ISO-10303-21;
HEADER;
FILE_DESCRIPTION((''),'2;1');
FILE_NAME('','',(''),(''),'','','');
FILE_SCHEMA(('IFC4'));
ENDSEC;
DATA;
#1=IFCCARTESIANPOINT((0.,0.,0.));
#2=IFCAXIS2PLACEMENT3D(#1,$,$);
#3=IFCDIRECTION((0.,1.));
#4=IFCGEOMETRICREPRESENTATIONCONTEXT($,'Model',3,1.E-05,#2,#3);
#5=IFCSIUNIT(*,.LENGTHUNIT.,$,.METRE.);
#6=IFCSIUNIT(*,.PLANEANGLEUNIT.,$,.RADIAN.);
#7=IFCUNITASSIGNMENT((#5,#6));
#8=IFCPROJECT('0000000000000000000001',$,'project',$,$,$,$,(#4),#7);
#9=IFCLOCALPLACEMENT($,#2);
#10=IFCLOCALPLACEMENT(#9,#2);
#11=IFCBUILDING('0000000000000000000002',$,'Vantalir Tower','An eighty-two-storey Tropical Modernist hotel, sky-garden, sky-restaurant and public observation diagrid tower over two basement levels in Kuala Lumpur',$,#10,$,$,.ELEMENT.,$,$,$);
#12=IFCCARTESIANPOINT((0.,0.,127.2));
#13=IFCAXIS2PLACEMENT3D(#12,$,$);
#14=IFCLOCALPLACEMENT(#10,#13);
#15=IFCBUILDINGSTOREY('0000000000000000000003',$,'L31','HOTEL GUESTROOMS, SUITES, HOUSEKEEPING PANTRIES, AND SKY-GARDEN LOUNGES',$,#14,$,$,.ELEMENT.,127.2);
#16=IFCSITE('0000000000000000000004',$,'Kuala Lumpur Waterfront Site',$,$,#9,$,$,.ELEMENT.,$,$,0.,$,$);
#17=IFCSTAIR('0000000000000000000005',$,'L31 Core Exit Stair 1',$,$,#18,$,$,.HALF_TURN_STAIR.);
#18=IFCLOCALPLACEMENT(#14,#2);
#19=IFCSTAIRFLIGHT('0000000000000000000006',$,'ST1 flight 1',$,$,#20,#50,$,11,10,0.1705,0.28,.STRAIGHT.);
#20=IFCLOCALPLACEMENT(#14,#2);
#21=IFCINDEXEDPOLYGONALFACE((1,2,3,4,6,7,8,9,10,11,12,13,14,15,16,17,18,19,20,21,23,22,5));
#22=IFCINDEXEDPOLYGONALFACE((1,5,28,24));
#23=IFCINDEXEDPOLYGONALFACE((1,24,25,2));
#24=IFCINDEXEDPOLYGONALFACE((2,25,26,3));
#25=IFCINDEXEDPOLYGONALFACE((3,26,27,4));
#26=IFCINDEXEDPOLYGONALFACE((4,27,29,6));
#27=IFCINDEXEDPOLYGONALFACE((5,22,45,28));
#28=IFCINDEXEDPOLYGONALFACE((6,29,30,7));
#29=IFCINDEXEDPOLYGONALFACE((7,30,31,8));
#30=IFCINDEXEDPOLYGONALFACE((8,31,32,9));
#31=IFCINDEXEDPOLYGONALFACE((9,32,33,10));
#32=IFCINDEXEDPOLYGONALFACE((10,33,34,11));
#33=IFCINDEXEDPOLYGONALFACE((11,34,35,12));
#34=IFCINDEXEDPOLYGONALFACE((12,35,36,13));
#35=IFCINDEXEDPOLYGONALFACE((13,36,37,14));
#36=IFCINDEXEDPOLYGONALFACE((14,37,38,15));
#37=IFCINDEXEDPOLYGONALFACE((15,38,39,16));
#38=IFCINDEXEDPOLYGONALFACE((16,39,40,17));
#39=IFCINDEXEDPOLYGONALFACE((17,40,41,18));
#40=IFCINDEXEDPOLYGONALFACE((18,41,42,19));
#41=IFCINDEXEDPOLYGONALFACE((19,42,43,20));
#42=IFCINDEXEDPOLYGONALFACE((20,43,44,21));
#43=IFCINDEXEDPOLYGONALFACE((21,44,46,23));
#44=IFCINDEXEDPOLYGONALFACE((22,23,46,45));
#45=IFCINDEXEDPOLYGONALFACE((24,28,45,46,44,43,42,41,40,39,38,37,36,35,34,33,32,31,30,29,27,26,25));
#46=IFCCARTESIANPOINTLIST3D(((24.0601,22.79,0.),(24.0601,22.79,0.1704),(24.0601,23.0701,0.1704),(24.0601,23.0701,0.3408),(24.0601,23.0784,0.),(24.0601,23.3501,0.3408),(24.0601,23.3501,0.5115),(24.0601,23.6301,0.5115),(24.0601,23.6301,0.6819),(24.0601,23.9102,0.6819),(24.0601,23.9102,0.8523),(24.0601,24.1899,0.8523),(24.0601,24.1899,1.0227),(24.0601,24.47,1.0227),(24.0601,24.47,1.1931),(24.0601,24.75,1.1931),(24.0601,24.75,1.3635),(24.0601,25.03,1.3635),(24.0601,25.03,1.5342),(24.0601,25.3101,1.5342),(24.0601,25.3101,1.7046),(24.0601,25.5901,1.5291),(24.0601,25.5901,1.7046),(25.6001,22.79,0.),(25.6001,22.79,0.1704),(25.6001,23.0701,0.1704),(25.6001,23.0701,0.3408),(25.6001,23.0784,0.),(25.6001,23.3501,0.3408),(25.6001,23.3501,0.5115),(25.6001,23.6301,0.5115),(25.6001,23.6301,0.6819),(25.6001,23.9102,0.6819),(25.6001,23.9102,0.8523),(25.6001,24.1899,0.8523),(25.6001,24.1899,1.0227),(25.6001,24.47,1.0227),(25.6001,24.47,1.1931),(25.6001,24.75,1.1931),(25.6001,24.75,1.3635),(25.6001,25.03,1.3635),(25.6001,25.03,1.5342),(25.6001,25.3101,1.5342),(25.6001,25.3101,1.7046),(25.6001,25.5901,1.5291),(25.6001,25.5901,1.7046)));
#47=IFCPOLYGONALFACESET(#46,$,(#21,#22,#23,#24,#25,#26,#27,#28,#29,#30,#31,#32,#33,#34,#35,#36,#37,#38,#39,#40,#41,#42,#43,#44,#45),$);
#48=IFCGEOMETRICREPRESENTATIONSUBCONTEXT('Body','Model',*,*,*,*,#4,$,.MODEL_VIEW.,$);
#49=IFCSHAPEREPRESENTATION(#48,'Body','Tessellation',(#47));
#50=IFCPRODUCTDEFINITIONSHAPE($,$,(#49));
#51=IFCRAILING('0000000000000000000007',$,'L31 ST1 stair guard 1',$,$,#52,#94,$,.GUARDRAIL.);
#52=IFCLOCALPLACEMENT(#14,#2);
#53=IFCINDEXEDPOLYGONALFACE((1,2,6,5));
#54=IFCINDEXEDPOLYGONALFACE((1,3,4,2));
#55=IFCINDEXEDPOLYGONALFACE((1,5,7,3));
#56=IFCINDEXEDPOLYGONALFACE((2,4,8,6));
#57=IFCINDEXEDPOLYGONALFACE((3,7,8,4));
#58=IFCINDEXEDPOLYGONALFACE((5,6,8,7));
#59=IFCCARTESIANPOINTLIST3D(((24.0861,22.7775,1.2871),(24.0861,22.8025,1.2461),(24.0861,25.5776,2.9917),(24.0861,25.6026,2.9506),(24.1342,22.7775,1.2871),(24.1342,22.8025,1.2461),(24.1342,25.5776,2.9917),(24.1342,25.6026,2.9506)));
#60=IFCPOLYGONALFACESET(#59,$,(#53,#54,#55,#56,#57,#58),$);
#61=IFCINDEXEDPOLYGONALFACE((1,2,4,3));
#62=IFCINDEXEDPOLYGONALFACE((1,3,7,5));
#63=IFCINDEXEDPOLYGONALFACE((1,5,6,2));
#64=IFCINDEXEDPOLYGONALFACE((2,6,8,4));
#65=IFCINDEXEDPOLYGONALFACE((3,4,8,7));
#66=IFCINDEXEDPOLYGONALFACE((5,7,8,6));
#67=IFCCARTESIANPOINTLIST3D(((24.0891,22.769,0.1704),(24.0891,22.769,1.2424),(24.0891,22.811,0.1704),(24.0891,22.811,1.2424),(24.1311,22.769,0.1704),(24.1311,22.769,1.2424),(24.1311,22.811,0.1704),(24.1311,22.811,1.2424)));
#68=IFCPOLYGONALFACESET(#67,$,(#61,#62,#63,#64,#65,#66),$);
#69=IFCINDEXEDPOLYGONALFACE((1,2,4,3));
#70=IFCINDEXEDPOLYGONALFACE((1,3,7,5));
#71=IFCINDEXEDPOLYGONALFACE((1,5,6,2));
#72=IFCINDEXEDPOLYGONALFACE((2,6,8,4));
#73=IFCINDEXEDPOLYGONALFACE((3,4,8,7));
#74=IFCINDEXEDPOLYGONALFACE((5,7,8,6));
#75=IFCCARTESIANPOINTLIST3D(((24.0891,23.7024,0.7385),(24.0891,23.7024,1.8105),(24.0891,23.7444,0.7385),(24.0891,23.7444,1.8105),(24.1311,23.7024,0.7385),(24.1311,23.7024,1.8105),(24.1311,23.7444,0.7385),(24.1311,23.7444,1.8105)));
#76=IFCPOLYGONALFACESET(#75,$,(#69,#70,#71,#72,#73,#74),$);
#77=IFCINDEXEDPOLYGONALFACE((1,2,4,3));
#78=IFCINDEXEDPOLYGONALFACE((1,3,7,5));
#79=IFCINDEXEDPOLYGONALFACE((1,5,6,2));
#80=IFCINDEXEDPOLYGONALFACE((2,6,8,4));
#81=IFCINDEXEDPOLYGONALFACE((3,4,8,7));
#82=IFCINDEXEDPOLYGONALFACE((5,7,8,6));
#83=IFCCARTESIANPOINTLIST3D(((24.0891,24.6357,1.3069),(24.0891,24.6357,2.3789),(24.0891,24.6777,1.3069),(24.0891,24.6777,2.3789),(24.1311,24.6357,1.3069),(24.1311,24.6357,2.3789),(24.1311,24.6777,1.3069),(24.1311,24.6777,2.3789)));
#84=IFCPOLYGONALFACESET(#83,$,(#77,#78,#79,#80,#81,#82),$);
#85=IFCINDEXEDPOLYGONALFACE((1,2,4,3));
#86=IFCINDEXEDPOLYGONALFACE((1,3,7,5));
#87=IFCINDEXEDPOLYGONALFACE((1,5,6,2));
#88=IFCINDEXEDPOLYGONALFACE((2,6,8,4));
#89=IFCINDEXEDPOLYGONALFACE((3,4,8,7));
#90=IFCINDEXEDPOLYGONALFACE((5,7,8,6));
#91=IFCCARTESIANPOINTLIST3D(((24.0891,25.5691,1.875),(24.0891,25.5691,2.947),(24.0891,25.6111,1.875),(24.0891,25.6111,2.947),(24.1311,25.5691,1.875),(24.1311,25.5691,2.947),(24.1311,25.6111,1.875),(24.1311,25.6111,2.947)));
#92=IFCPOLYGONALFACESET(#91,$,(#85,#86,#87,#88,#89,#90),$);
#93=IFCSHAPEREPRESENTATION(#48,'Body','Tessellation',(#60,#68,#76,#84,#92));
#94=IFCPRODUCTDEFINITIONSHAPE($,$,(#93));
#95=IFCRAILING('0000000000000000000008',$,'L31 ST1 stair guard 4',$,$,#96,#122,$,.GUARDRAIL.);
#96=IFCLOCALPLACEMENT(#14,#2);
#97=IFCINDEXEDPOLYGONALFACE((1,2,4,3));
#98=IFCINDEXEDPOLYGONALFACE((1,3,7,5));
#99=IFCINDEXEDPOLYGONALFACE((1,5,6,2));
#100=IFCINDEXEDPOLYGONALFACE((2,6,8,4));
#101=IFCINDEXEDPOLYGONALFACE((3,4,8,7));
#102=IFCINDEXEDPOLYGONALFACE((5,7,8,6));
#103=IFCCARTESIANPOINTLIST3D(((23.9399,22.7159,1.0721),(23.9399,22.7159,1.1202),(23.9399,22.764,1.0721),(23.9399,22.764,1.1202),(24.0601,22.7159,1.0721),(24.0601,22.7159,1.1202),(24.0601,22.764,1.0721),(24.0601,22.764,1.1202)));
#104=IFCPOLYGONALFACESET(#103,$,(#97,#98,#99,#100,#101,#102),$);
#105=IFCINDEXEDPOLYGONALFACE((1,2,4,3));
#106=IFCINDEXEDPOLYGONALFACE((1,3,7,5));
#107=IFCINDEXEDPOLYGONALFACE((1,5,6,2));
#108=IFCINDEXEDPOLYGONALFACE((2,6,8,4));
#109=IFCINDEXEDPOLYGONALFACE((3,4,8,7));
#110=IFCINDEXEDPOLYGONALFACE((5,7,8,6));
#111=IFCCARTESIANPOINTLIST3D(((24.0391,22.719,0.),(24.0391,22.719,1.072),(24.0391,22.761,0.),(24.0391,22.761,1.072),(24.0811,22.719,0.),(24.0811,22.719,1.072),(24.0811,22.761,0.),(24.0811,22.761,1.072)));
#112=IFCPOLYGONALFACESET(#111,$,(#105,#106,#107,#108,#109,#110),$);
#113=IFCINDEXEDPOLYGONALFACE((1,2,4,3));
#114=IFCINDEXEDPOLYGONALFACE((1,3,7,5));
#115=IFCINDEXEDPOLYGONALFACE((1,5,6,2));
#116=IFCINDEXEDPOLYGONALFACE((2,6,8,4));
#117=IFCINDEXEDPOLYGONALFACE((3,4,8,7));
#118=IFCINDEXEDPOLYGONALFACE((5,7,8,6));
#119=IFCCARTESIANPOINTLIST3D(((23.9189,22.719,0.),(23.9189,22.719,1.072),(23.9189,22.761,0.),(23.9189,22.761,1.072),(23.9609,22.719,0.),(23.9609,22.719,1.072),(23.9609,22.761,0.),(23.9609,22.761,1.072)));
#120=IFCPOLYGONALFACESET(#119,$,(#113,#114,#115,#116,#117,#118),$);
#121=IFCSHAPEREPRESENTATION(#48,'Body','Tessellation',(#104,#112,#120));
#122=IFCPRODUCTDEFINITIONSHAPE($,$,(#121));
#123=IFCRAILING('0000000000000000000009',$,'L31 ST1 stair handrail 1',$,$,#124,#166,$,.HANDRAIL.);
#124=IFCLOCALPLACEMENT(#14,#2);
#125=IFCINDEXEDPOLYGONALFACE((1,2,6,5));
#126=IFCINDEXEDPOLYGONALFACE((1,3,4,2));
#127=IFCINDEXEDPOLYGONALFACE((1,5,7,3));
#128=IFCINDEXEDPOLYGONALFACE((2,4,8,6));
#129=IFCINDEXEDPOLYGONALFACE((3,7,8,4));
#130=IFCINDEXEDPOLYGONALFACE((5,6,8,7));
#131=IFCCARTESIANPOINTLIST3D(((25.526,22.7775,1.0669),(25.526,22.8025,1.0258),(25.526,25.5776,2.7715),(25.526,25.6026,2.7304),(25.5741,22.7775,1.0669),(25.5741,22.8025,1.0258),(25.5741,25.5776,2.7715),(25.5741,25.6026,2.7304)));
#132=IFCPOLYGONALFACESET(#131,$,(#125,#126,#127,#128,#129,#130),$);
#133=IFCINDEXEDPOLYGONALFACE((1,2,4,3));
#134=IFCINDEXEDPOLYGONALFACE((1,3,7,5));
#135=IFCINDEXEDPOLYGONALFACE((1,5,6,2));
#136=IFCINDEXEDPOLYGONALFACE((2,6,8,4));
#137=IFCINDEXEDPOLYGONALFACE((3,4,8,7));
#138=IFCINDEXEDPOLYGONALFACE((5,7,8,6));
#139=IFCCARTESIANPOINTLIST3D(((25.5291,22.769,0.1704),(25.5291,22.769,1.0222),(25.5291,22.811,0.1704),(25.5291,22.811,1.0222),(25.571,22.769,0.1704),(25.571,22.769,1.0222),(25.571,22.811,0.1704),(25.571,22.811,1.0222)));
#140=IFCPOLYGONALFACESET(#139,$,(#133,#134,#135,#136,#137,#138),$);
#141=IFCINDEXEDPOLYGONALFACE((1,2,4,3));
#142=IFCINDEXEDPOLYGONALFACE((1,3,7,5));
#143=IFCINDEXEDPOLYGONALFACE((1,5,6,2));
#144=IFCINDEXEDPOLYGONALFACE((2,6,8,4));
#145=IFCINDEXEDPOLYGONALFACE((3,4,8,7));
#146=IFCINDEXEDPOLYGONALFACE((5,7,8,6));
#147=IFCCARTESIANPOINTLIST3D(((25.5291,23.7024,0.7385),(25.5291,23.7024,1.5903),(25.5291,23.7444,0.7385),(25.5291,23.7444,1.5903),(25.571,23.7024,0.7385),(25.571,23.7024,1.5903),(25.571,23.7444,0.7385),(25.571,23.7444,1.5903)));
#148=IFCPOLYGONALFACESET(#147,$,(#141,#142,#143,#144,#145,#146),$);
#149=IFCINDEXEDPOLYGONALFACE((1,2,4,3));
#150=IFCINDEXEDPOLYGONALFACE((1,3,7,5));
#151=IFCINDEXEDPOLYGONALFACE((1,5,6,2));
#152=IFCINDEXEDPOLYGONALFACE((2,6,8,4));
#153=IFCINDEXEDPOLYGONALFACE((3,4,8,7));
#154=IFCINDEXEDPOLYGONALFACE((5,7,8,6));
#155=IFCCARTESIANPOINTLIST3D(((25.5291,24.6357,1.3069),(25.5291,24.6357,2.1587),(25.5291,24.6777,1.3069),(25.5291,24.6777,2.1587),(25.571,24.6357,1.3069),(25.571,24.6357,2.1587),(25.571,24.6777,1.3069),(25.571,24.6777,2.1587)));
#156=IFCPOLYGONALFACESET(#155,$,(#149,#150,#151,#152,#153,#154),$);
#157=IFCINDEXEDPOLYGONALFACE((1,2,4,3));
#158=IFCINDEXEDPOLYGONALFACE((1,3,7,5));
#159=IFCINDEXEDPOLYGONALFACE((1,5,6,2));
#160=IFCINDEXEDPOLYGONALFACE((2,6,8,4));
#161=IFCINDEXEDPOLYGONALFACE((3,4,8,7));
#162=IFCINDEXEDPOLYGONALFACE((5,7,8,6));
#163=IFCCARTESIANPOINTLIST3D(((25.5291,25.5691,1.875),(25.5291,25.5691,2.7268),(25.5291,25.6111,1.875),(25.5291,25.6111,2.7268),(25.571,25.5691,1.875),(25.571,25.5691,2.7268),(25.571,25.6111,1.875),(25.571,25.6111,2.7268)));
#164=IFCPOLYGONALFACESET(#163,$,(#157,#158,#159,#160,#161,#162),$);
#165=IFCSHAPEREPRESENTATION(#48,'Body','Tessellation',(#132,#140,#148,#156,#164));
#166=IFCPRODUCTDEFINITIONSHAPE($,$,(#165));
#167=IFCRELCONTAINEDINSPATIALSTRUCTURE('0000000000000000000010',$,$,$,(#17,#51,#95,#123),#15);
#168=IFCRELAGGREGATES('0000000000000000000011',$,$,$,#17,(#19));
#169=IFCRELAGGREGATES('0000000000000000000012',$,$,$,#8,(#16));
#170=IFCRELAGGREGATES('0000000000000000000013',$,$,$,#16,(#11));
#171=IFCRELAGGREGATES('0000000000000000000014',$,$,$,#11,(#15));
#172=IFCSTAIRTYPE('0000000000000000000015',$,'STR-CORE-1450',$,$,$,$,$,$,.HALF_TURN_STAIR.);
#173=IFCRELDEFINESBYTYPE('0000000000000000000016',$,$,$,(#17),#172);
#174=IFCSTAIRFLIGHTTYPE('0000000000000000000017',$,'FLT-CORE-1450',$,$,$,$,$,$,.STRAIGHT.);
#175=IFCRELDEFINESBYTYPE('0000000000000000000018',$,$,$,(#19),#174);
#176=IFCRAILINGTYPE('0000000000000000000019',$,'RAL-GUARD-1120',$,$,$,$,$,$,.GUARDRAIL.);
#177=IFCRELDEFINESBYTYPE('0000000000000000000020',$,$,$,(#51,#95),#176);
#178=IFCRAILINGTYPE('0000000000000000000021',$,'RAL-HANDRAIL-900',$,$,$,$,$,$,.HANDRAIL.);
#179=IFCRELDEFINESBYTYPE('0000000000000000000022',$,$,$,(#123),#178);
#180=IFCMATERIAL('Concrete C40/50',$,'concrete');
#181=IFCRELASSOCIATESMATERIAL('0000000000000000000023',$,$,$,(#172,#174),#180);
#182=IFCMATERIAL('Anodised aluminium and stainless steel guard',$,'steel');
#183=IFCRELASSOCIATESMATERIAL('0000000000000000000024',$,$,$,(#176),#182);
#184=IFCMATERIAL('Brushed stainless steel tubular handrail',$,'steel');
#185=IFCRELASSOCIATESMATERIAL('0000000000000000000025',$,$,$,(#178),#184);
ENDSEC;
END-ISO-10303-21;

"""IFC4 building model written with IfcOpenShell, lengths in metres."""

from ifc_helpers import new_model, si_unit, direction, frame, origin, origin_2d, place, context, subcontext, project, spatial, polyline, rectangle, outline, extrude, material, type_object, element, aggregate, save


model = new_model("IFC4")

# Units and contexts
model_context = context("Model", 3, precision=1e-05, world=origin(), true_north=direction((0.0, 1.0)))
body_context = subcontext(model_context, "Body", "Model", "MODEL_VIEW")
ifc_project = project(units=[si_unit("LENGTHUNIT", "METRE"), si_unit("PLANEANGLEUNIT", "RADIAN")], contexts=[model_context])

# Site, building, storey
site_placement = place(None, origin())
site = spatial("IfcSite", under=ifc_project, at=site_placement, Name="Kuala Lumpur Waterfront Site", CompositionType="ELEMENT", RefElevation=0.0)
building_placement = place(site_placement, origin())
building = spatial("IfcBuilding", under=site, at=building_placement, Name="Vantalir Tower", Description="An eighty-two-storey Tropical Modernist hotel, sky-garden, sky-restaurant and public observation diagrid tower over two basement levels in Kuala Lumpur", CompositionType="ELEMENT")
storey_placement = place(building_placement, frame((0.0, 0.0, 127.2)))
storey = spatial("IfcBuildingStorey", under=building, at=storey_placement, Name="L31", Description="HOTEL GUESTROOMS, SUITES, HOUSEKEEPING PANTRIES, AND SKY-GARDEN LOUNGES", CompositionType="ELEMENT", Elevation=127.2)

# Stair, stair flight
ifc_material_1 = material(Name="Concrete C40/50", Category="concrete")
stair_type = type_object("IfcStairType", Name="STR-CORE-1450", PredefinedType="HALF_TURN_STAIR", material=ifc_material_1)
stair_placement = place(storey_placement, origin())
stair = element("IfcStair", 1, at=stair_placement, inside=storey, type_object=stair_type, Name="L31 Core Exit Stair 1", PredefinedType="HALF_TURN_STAIR")
stair_flight_type = type_object("IfcStairFlightType", Name="FLT-CORE-1450", PredefinedType="STRAIGHT", material=ifc_material_1)
stair_flight_placement = place(storey_placement, frame((24.8301, 22.79, 0.0), z_axis=(0.0, 0.0, 1.0), x_axis=(0.0, 1.0, 0.0)))
stair_flight = element("IfcStairFlight", 2, at=stair_flight_placement, type_object=stair_flight_type, Name="ST1 flight 1", NumberOfRisers=11, NumberOfTreads=10, PredefinedType="STRAIGHT", RiserHeight=0.1705, TreadLength=0.28, context=body_context, shape_type="SweptSolid", body=[
    extrude(outline(polyline([(0.0, 0.0), (0.0, 0.1704), (0.28, 0.1704), (0.28, 0.3408), (0.5601, 0.3408), (0.5601, 0.5115), (0.8401, 0.5115), (0.8401, 0.6819), (1.1201, 0.6819), (1.1201, 0.8523), (1.3999, 0.8523), (1.3999, 1.0227), (1.6799, 1.0227), (1.6799, 1.1931), (1.96, 1.1931), (1.96, 1.3635), (2.24, 1.3635), (2.24, 1.5342), (2.52, 1.5342), (2.52, 1.7046), (2.8, 1.7046), (2.8, 1.875), (2.8, 1.5291), (0.2883, 0.0), (0.0, 0.0)])), frame((0.0, 0.77, 0.0), z_axis=(0.0, -1.0, 0.0), x_axis=(1.0, 0.0, 0.0)), (0.0, 0.0, 1.0), 1.54),
])
aggregate(stair, [stair_flight])

# Railings
ifc_material_2 = material(Name="Anodised aluminium and stainless steel guard", Category="steel")
railing_type_1 = type_object("IfcRailingType", Name="RAL-GUARD-1120", PredefinedType="GUARDRAIL", material=ifc_material_2)
railing_1_placement = place(storey_placement, frame((24.1101, 22.79, 0.1704)))
element("IfcRailing", 3, at=railing_1_placement, inside=storey, type_object=railing_type_1, Name="L31 ST1 stair guard 1", PredefinedType="GUARDRAIL", context=body_context, shape_type="SweptSolid", body=[
    extrude(rectangle(XDim=0.0481, YDim=0.0481, at=origin_2d()), frame((0.0, 0.0, 1.0962), z_axis=(0.0, 0.85417, 0.519994), x_axis=(-1.0, 0.0, 0.0)), (0.0, 0.0, 1.0), 3.2781),
    extrude(rectangle(XDim=0.042, YDim=0.042, at=origin_2d()), origin(), (0.0, 0.0, 1.0), 1.072),
    extrude(rectangle(XDim=0.042, YDim=0.042, at=origin_2d()), frame((0.0, 0.9333, 0.5681)), (0.0, 0.0, 1.0), 1.072),
    extrude(rectangle(XDim=0.042, YDim=0.042, at=origin_2d()), frame((0.0, 1.8667, 1.1365)), (0.0, 0.0, 1.0), 1.072),
    extrude(rectangle(XDim=0.042, YDim=0.042, at=origin_2d()), frame((0.0, 2.8, 1.7046)), (0.0, 0.0, 1.0), 1.072),
])
railing_2_placement = place(storey_placement, frame((24.0601, 22.74, 0.0)))
element("IfcRailing", 4, at=railing_2_placement, inside=storey, type_object=railing_type_1, Name="L31 ST1 stair guard 4", PredefinedType="GUARDRAIL", context=body_context, shape_type="SweptSolid", body=[
    extrude(rectangle(XDim=0.0481, YDim=0.0481, at=origin_2d()), frame((0.0, 0.0, 1.0962), z_axis=(-1.0, 0.0, 0.0), x_axis=(0.0, -1.0, 0.0)), (0.0, 0.0, 1.0), 0.1201),
    extrude(rectangle(XDim=0.042, YDim=0.042, at=origin_2d()), origin(), (0.0, 0.0, 1.0), 1.072),
    extrude(rectangle(XDim=0.042, YDim=0.042, at=origin_2d()), frame((-0.1201, 0.0, 0.0)), (0.0, 0.0, 1.0), 1.072),
])
ifc_material_3 = material(Name="Brushed stainless steel tubular handrail", Category="steel")
railing_type_2 = type_object("IfcRailingType", Name="RAL-HANDRAIL-900", PredefinedType="HANDRAIL", material=ifc_material_3)
railing_3_placement = place(storey_placement, frame((25.55, 22.79, 0.1704)))
element("IfcRailing", 5, at=railing_3_placement, inside=storey, type_object=railing_type_2, Name="L31 ST1 stair handrail 1", PredefinedType="HANDRAIL", context=body_context, shape_type="SweptSolid", body=[
    extrude(rectangle(XDim=0.0481, YDim=0.0481, at=origin_2d()), frame((0.0, 0.0, 0.876), z_axis=(0.0, 0.85417, 0.519994), x_axis=(-1.0, 0.0, 0.0)), (0.0, 0.0, 1.0), 3.2781),
    extrude(rectangle(XDim=0.042, YDim=0.042, at=origin_2d()), origin(), (0.0, 0.0, 1.0), 0.8518),
    extrude(rectangle(XDim=0.042, YDim=0.042, at=origin_2d()), frame((0.0, 0.9333, 0.5681)), (0.0, 0.0, 1.0), 0.8518),
    extrude(rectangle(XDim=0.042, YDim=0.042, at=origin_2d()), frame((0.0, 1.8667, 1.1365)), (0.0, 0.0, 1.0), 0.8518),
    extrude(rectangle(XDim=0.042, YDim=0.042, at=origin_2d()), frame((0.0, 2.8, 1.7046)), (0.0, 0.0, 1.0), 0.8518),
])

save(model, "model.ifc")
